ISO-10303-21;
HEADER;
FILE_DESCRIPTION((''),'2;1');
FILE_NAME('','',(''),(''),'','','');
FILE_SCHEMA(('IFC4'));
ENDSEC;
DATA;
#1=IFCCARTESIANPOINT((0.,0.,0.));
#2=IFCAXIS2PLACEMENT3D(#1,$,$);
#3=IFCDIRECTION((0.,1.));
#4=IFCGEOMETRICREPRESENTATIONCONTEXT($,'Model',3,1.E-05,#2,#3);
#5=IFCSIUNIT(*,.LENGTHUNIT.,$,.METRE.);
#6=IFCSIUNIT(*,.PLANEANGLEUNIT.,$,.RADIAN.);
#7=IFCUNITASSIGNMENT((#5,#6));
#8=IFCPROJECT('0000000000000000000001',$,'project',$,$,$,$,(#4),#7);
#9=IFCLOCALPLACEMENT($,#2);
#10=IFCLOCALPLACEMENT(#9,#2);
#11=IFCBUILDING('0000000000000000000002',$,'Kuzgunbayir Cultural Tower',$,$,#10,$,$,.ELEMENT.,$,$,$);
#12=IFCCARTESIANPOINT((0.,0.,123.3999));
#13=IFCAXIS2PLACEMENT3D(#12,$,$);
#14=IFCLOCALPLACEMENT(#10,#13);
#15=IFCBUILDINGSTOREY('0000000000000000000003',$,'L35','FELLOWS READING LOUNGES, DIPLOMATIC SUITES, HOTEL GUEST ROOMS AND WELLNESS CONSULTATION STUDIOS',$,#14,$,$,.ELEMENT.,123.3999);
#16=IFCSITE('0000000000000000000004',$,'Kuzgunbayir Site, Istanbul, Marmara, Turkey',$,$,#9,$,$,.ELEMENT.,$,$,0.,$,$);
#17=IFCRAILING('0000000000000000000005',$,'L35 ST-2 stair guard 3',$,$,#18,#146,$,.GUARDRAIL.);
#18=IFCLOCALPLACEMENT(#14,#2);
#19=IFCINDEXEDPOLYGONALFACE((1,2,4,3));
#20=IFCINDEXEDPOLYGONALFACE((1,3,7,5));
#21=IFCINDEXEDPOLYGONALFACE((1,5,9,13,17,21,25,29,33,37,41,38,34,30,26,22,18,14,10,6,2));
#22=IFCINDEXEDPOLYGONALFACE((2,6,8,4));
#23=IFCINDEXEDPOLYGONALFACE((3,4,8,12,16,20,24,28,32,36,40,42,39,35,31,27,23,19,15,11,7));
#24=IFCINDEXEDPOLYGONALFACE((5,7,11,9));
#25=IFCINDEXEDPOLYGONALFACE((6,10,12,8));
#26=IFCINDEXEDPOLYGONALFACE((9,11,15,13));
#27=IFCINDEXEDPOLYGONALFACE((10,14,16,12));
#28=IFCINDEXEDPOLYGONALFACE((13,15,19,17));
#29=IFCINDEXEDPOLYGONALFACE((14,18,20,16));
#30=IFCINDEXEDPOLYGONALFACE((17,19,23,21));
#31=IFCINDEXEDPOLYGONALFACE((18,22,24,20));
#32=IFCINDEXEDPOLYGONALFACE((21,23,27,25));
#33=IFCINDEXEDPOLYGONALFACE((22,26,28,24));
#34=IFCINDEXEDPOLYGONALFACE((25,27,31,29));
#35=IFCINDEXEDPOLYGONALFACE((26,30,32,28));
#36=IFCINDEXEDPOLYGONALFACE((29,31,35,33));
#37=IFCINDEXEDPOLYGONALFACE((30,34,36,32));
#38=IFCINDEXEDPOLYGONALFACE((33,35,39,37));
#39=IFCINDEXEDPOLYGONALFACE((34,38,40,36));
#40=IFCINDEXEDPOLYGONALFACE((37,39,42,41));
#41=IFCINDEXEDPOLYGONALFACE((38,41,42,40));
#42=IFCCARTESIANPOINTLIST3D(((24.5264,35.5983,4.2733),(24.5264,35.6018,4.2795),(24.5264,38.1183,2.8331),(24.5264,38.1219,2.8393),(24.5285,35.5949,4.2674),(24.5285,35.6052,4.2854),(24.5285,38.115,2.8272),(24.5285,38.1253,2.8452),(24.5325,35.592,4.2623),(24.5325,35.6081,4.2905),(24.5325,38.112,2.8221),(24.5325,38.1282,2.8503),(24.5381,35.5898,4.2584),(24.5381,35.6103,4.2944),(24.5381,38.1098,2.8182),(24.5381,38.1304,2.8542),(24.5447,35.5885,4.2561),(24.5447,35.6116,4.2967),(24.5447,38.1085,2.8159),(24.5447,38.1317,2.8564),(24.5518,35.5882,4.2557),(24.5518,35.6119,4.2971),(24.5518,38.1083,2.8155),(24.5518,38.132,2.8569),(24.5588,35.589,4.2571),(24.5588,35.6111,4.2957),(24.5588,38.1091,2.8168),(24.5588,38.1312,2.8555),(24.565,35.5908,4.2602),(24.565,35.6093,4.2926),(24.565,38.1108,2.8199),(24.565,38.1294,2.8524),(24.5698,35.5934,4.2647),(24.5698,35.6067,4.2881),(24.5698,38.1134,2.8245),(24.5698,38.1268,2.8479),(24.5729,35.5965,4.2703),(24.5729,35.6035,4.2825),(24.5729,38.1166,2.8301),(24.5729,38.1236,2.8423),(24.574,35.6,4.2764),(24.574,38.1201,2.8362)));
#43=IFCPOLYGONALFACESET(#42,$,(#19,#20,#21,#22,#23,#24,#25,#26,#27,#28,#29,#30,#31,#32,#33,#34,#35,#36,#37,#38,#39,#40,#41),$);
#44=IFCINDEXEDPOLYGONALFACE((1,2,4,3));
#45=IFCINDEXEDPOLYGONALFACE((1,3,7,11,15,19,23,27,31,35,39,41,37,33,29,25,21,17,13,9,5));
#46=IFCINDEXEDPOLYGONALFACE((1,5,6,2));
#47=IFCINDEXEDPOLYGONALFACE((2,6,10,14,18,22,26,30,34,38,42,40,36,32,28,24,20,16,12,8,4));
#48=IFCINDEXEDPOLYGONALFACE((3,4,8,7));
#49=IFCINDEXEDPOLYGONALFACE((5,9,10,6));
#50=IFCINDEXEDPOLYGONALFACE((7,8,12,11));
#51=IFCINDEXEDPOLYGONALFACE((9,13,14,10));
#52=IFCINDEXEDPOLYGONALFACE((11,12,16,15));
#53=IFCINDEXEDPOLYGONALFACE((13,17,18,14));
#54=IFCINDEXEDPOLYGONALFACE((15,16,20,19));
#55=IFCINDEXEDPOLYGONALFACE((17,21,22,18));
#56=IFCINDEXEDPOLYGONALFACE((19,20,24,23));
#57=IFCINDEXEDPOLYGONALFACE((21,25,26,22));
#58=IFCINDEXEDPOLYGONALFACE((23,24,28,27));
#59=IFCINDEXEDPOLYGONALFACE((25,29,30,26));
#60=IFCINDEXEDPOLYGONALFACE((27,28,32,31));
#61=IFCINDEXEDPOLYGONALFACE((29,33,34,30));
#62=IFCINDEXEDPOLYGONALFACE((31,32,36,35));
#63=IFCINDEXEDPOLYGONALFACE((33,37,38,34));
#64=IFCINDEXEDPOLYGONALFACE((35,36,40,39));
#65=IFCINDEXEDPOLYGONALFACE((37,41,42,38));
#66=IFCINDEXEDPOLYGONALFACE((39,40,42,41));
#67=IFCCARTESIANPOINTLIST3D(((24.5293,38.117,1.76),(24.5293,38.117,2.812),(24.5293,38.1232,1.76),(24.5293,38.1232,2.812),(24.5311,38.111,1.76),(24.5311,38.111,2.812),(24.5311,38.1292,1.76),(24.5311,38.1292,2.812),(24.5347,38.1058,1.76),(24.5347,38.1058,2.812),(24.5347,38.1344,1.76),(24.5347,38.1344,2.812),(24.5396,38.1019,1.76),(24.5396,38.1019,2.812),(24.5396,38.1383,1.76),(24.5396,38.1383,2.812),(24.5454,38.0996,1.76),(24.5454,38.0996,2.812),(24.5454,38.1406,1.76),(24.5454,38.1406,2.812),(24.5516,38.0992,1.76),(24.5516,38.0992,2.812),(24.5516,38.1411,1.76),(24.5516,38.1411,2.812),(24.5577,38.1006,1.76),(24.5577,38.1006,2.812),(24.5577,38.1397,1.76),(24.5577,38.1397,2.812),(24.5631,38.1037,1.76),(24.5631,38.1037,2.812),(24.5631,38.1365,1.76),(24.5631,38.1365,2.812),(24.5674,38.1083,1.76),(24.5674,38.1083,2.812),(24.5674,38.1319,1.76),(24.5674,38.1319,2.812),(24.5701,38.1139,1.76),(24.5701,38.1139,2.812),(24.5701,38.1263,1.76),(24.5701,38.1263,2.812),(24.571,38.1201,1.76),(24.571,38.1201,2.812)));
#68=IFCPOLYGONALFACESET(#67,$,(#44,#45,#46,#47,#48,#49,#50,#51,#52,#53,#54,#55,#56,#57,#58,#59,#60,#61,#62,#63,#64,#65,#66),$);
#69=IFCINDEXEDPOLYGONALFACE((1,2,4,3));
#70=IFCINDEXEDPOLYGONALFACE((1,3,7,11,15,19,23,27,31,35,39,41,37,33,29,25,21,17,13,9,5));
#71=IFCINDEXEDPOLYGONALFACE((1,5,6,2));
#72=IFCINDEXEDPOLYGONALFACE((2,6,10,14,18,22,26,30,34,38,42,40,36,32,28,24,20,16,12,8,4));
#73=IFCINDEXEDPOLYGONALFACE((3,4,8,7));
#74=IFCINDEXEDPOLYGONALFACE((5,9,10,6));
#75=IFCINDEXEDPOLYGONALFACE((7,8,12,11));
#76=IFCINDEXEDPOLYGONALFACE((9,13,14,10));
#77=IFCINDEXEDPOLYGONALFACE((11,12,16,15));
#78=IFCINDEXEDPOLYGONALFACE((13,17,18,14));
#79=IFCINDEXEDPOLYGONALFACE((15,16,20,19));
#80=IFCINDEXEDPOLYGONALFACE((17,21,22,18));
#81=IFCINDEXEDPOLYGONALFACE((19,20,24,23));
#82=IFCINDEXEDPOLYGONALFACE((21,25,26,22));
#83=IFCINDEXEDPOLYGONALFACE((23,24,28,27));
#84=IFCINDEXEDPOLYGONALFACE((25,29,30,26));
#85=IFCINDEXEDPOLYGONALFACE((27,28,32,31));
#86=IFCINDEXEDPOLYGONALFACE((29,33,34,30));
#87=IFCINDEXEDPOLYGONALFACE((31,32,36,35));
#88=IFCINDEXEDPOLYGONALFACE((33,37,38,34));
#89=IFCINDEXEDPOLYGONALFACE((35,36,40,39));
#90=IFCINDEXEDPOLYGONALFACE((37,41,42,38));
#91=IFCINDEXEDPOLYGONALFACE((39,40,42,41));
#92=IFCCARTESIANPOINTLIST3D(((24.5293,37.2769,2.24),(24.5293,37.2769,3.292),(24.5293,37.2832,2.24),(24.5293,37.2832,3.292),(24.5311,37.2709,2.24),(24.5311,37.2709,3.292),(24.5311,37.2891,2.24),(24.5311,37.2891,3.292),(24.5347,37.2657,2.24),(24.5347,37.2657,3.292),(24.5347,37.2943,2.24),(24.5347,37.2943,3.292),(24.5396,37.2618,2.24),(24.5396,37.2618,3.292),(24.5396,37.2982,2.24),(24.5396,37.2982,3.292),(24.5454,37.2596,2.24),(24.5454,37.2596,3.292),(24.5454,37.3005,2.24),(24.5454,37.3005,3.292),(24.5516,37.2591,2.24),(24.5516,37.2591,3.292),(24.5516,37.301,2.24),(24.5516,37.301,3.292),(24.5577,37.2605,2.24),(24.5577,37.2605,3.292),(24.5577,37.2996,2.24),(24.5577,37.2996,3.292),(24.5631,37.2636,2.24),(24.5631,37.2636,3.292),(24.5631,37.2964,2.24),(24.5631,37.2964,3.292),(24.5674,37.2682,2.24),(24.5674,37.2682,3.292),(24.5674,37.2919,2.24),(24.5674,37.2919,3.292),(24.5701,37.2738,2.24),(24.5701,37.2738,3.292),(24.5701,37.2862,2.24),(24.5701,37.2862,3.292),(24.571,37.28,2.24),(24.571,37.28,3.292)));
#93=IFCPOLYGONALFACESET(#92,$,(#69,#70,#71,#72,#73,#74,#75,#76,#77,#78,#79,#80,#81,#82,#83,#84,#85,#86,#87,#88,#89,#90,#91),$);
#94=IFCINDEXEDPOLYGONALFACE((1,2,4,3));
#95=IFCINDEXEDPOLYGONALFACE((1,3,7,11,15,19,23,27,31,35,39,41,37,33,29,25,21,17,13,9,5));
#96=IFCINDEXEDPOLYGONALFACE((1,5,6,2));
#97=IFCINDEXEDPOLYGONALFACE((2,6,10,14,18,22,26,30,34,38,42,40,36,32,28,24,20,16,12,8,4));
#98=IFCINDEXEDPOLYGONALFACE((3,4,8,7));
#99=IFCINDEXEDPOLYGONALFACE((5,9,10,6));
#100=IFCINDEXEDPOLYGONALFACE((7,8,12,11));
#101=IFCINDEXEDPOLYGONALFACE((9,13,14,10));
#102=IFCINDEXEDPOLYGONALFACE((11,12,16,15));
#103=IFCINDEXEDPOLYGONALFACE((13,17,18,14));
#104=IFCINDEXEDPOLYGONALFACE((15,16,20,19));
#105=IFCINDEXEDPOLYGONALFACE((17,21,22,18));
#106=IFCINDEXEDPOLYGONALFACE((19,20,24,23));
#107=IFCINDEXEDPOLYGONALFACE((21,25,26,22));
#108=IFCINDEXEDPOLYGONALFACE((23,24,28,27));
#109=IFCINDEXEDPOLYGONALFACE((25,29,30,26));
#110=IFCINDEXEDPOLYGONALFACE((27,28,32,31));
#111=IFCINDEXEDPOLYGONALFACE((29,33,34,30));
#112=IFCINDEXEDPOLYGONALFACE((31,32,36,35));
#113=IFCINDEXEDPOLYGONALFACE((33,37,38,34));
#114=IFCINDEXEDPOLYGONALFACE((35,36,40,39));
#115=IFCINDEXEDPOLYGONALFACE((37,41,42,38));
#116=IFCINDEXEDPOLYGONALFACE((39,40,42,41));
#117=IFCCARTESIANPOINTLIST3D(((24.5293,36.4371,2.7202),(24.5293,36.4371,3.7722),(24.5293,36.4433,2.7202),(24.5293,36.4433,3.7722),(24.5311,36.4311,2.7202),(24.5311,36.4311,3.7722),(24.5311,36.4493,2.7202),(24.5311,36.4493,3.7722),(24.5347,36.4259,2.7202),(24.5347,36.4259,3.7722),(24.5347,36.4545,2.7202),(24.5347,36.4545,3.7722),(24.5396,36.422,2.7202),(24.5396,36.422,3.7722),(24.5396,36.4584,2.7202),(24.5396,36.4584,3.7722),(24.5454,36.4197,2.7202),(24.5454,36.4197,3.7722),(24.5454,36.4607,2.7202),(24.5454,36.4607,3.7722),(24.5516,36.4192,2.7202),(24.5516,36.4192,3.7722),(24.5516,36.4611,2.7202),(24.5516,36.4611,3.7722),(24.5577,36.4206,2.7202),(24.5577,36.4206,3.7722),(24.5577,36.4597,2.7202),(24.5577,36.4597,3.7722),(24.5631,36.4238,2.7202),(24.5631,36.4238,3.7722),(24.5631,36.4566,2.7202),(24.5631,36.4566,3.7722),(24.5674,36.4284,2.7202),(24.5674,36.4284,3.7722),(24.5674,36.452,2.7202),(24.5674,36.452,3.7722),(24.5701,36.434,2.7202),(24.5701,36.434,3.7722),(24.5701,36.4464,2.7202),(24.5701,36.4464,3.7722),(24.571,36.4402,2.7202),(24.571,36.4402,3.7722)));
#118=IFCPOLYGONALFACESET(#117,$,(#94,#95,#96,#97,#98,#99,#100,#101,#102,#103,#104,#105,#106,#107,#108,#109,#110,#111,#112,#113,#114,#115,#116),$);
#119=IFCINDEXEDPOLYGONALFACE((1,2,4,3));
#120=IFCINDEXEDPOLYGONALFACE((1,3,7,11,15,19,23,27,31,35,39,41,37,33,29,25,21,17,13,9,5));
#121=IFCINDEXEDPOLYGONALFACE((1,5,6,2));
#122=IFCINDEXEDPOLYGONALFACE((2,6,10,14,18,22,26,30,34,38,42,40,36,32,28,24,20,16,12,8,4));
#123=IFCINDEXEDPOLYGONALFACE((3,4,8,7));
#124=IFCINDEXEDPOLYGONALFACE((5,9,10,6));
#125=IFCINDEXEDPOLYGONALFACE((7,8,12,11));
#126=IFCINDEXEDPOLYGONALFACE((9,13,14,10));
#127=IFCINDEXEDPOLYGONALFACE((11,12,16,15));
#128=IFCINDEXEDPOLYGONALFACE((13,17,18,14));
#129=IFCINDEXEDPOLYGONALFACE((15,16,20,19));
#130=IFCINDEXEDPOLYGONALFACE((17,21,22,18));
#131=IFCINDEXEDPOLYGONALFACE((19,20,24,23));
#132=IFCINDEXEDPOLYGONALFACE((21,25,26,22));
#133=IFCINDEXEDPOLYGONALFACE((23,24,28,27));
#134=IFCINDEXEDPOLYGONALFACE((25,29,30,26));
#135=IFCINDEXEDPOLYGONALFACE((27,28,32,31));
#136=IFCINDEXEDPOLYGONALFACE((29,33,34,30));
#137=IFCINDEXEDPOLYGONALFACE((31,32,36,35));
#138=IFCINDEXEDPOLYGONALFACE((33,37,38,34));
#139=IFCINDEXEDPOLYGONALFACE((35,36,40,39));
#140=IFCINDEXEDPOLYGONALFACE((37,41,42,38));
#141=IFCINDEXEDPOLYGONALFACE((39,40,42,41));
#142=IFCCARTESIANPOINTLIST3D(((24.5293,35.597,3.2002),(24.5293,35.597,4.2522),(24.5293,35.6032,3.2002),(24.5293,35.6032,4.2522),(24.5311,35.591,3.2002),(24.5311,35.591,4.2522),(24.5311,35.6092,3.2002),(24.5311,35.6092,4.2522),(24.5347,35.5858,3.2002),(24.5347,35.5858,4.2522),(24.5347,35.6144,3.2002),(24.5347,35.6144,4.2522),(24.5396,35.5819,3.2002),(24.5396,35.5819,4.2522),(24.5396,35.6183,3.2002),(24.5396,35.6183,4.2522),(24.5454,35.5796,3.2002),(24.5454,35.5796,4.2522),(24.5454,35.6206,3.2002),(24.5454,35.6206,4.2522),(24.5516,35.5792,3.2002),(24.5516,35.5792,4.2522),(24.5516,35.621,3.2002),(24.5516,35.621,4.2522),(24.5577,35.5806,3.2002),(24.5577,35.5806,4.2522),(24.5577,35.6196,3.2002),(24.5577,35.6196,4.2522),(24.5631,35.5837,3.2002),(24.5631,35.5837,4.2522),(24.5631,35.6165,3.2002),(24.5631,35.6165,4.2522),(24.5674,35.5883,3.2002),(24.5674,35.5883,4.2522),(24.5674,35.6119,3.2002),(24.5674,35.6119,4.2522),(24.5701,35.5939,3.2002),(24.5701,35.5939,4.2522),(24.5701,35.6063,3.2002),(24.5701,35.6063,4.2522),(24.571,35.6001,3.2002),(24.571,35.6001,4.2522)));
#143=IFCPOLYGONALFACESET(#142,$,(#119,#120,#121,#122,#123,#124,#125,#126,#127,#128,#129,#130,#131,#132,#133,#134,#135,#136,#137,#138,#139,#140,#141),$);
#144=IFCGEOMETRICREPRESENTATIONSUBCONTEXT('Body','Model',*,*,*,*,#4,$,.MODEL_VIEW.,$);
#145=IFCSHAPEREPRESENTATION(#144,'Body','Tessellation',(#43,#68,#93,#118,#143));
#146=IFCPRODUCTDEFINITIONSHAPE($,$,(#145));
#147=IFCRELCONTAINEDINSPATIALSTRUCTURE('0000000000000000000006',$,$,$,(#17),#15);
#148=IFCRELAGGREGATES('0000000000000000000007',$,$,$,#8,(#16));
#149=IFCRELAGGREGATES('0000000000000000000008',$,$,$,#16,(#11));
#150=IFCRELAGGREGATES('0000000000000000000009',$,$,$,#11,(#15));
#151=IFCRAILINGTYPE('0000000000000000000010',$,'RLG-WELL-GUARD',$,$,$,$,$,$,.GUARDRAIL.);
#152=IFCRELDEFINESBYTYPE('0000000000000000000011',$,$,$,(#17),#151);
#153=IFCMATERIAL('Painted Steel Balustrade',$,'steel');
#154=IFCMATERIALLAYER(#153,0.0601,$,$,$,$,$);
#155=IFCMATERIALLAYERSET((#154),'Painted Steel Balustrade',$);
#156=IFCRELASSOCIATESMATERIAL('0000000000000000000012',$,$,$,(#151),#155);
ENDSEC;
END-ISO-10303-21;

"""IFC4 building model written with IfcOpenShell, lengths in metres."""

from ifc_helpers import new_model, si_unit, direction, frame, origin, origin_2d, place, context, subcontext, project, spatial, circle, extrude, material, layer, layer_set, type_object, element, save


model = new_model("IFC4")

# Units and contexts
model_context = context("Model", 3, precision=1e-05, world=origin(), true_north=direction((0.0, 1.0)))
body_context = subcontext(model_context, "Body", "Model", "MODEL_VIEW")
ifc_project = project(units=[si_unit("LENGTHUNIT", "METRE"), si_unit("PLANEANGLEUNIT", "RADIAN")], contexts=[model_context])

# Site, building, storey
site_placement = place(None, origin())
site = spatial("IfcSite", under=ifc_project, at=site_placement, Name="Kuzgunbayir Site, Istanbul, Marmara, Turkey", CompositionType="ELEMENT", RefElevation=0.0)
building_placement = place(site_placement, origin())
building = spatial("IfcBuilding", under=site, at=building_placement, Name="Kuzgunbayir Cultural Tower", CompositionType="ELEMENT")
storey_placement = place(building_placement, frame((0.0, 0.0, 123.3999)))
storey = spatial("IfcBuildingStorey", under=building, at=storey_placement, Name="L35", Description="FELLOWS READING LOUNGES, DIPLOMATIC SUITES, HOTEL GUEST ROOMS AND WELLNESS CONSULTATION STUDIOS", CompositionType="ELEMENT", Elevation=123.3999)

# Railing
ifc_material_1 = material(Name="Painted Steel Balustrade", Category="steel")
ifc_layer_1 = layer(ifc_material_1, 0.0601)
ifc_layer_set_1 = layer_set([ifc_layer_1], Name="Painted Steel Balustrade")
railing_type_1 = type_object("IfcRailingType", Name="RLG-WELL-GUARD", PredefinedType="GUARDRAIL", material=ifc_layer_set_1)
railing_1_placement = place(storey_placement, frame((24.55, 38.1201, 1.76)))
element("IfcRailing", 1, at=railing_1_placement, inside=storey, type_object=railing_type_1, Name="L35 ST-2 stair guard 3", PredefinedType="GUARDRAIL", context=body_context, shape_type="SweptSolid", body=[
    extrude(circle(Radius=0.0239, at=origin_2d()), frame((0.0, 0.0, 1.0762), z_axis=(0.0, -0.868217, 0.496184), x_axis=(1.0, 0.0, 0.0)), (0.0, 0.0, 1.0), 2.9026),
    extrude(circle(Radius=0.021, at=origin_2d()), origin(), (0.0, 0.0, 1.0), 1.052),
    extrude(circle(Radius=0.021, at=origin_2d()), frame((0.0, -0.8401, 0.48)), (0.0, 0.0, 1.0), 1.052),
    extrude(circle(Radius=0.021, at=origin_2d()), frame((0.0, -1.6799, 0.9602)), (0.0, 0.0, 1.0), 1.052),
    extrude(circle(Radius=0.021, at=origin_2d()), frame((0.0, -2.52, 1.4402)), (0.0, 0.0, 1.0), 1.052),
])

save(model, "model.ifc")
